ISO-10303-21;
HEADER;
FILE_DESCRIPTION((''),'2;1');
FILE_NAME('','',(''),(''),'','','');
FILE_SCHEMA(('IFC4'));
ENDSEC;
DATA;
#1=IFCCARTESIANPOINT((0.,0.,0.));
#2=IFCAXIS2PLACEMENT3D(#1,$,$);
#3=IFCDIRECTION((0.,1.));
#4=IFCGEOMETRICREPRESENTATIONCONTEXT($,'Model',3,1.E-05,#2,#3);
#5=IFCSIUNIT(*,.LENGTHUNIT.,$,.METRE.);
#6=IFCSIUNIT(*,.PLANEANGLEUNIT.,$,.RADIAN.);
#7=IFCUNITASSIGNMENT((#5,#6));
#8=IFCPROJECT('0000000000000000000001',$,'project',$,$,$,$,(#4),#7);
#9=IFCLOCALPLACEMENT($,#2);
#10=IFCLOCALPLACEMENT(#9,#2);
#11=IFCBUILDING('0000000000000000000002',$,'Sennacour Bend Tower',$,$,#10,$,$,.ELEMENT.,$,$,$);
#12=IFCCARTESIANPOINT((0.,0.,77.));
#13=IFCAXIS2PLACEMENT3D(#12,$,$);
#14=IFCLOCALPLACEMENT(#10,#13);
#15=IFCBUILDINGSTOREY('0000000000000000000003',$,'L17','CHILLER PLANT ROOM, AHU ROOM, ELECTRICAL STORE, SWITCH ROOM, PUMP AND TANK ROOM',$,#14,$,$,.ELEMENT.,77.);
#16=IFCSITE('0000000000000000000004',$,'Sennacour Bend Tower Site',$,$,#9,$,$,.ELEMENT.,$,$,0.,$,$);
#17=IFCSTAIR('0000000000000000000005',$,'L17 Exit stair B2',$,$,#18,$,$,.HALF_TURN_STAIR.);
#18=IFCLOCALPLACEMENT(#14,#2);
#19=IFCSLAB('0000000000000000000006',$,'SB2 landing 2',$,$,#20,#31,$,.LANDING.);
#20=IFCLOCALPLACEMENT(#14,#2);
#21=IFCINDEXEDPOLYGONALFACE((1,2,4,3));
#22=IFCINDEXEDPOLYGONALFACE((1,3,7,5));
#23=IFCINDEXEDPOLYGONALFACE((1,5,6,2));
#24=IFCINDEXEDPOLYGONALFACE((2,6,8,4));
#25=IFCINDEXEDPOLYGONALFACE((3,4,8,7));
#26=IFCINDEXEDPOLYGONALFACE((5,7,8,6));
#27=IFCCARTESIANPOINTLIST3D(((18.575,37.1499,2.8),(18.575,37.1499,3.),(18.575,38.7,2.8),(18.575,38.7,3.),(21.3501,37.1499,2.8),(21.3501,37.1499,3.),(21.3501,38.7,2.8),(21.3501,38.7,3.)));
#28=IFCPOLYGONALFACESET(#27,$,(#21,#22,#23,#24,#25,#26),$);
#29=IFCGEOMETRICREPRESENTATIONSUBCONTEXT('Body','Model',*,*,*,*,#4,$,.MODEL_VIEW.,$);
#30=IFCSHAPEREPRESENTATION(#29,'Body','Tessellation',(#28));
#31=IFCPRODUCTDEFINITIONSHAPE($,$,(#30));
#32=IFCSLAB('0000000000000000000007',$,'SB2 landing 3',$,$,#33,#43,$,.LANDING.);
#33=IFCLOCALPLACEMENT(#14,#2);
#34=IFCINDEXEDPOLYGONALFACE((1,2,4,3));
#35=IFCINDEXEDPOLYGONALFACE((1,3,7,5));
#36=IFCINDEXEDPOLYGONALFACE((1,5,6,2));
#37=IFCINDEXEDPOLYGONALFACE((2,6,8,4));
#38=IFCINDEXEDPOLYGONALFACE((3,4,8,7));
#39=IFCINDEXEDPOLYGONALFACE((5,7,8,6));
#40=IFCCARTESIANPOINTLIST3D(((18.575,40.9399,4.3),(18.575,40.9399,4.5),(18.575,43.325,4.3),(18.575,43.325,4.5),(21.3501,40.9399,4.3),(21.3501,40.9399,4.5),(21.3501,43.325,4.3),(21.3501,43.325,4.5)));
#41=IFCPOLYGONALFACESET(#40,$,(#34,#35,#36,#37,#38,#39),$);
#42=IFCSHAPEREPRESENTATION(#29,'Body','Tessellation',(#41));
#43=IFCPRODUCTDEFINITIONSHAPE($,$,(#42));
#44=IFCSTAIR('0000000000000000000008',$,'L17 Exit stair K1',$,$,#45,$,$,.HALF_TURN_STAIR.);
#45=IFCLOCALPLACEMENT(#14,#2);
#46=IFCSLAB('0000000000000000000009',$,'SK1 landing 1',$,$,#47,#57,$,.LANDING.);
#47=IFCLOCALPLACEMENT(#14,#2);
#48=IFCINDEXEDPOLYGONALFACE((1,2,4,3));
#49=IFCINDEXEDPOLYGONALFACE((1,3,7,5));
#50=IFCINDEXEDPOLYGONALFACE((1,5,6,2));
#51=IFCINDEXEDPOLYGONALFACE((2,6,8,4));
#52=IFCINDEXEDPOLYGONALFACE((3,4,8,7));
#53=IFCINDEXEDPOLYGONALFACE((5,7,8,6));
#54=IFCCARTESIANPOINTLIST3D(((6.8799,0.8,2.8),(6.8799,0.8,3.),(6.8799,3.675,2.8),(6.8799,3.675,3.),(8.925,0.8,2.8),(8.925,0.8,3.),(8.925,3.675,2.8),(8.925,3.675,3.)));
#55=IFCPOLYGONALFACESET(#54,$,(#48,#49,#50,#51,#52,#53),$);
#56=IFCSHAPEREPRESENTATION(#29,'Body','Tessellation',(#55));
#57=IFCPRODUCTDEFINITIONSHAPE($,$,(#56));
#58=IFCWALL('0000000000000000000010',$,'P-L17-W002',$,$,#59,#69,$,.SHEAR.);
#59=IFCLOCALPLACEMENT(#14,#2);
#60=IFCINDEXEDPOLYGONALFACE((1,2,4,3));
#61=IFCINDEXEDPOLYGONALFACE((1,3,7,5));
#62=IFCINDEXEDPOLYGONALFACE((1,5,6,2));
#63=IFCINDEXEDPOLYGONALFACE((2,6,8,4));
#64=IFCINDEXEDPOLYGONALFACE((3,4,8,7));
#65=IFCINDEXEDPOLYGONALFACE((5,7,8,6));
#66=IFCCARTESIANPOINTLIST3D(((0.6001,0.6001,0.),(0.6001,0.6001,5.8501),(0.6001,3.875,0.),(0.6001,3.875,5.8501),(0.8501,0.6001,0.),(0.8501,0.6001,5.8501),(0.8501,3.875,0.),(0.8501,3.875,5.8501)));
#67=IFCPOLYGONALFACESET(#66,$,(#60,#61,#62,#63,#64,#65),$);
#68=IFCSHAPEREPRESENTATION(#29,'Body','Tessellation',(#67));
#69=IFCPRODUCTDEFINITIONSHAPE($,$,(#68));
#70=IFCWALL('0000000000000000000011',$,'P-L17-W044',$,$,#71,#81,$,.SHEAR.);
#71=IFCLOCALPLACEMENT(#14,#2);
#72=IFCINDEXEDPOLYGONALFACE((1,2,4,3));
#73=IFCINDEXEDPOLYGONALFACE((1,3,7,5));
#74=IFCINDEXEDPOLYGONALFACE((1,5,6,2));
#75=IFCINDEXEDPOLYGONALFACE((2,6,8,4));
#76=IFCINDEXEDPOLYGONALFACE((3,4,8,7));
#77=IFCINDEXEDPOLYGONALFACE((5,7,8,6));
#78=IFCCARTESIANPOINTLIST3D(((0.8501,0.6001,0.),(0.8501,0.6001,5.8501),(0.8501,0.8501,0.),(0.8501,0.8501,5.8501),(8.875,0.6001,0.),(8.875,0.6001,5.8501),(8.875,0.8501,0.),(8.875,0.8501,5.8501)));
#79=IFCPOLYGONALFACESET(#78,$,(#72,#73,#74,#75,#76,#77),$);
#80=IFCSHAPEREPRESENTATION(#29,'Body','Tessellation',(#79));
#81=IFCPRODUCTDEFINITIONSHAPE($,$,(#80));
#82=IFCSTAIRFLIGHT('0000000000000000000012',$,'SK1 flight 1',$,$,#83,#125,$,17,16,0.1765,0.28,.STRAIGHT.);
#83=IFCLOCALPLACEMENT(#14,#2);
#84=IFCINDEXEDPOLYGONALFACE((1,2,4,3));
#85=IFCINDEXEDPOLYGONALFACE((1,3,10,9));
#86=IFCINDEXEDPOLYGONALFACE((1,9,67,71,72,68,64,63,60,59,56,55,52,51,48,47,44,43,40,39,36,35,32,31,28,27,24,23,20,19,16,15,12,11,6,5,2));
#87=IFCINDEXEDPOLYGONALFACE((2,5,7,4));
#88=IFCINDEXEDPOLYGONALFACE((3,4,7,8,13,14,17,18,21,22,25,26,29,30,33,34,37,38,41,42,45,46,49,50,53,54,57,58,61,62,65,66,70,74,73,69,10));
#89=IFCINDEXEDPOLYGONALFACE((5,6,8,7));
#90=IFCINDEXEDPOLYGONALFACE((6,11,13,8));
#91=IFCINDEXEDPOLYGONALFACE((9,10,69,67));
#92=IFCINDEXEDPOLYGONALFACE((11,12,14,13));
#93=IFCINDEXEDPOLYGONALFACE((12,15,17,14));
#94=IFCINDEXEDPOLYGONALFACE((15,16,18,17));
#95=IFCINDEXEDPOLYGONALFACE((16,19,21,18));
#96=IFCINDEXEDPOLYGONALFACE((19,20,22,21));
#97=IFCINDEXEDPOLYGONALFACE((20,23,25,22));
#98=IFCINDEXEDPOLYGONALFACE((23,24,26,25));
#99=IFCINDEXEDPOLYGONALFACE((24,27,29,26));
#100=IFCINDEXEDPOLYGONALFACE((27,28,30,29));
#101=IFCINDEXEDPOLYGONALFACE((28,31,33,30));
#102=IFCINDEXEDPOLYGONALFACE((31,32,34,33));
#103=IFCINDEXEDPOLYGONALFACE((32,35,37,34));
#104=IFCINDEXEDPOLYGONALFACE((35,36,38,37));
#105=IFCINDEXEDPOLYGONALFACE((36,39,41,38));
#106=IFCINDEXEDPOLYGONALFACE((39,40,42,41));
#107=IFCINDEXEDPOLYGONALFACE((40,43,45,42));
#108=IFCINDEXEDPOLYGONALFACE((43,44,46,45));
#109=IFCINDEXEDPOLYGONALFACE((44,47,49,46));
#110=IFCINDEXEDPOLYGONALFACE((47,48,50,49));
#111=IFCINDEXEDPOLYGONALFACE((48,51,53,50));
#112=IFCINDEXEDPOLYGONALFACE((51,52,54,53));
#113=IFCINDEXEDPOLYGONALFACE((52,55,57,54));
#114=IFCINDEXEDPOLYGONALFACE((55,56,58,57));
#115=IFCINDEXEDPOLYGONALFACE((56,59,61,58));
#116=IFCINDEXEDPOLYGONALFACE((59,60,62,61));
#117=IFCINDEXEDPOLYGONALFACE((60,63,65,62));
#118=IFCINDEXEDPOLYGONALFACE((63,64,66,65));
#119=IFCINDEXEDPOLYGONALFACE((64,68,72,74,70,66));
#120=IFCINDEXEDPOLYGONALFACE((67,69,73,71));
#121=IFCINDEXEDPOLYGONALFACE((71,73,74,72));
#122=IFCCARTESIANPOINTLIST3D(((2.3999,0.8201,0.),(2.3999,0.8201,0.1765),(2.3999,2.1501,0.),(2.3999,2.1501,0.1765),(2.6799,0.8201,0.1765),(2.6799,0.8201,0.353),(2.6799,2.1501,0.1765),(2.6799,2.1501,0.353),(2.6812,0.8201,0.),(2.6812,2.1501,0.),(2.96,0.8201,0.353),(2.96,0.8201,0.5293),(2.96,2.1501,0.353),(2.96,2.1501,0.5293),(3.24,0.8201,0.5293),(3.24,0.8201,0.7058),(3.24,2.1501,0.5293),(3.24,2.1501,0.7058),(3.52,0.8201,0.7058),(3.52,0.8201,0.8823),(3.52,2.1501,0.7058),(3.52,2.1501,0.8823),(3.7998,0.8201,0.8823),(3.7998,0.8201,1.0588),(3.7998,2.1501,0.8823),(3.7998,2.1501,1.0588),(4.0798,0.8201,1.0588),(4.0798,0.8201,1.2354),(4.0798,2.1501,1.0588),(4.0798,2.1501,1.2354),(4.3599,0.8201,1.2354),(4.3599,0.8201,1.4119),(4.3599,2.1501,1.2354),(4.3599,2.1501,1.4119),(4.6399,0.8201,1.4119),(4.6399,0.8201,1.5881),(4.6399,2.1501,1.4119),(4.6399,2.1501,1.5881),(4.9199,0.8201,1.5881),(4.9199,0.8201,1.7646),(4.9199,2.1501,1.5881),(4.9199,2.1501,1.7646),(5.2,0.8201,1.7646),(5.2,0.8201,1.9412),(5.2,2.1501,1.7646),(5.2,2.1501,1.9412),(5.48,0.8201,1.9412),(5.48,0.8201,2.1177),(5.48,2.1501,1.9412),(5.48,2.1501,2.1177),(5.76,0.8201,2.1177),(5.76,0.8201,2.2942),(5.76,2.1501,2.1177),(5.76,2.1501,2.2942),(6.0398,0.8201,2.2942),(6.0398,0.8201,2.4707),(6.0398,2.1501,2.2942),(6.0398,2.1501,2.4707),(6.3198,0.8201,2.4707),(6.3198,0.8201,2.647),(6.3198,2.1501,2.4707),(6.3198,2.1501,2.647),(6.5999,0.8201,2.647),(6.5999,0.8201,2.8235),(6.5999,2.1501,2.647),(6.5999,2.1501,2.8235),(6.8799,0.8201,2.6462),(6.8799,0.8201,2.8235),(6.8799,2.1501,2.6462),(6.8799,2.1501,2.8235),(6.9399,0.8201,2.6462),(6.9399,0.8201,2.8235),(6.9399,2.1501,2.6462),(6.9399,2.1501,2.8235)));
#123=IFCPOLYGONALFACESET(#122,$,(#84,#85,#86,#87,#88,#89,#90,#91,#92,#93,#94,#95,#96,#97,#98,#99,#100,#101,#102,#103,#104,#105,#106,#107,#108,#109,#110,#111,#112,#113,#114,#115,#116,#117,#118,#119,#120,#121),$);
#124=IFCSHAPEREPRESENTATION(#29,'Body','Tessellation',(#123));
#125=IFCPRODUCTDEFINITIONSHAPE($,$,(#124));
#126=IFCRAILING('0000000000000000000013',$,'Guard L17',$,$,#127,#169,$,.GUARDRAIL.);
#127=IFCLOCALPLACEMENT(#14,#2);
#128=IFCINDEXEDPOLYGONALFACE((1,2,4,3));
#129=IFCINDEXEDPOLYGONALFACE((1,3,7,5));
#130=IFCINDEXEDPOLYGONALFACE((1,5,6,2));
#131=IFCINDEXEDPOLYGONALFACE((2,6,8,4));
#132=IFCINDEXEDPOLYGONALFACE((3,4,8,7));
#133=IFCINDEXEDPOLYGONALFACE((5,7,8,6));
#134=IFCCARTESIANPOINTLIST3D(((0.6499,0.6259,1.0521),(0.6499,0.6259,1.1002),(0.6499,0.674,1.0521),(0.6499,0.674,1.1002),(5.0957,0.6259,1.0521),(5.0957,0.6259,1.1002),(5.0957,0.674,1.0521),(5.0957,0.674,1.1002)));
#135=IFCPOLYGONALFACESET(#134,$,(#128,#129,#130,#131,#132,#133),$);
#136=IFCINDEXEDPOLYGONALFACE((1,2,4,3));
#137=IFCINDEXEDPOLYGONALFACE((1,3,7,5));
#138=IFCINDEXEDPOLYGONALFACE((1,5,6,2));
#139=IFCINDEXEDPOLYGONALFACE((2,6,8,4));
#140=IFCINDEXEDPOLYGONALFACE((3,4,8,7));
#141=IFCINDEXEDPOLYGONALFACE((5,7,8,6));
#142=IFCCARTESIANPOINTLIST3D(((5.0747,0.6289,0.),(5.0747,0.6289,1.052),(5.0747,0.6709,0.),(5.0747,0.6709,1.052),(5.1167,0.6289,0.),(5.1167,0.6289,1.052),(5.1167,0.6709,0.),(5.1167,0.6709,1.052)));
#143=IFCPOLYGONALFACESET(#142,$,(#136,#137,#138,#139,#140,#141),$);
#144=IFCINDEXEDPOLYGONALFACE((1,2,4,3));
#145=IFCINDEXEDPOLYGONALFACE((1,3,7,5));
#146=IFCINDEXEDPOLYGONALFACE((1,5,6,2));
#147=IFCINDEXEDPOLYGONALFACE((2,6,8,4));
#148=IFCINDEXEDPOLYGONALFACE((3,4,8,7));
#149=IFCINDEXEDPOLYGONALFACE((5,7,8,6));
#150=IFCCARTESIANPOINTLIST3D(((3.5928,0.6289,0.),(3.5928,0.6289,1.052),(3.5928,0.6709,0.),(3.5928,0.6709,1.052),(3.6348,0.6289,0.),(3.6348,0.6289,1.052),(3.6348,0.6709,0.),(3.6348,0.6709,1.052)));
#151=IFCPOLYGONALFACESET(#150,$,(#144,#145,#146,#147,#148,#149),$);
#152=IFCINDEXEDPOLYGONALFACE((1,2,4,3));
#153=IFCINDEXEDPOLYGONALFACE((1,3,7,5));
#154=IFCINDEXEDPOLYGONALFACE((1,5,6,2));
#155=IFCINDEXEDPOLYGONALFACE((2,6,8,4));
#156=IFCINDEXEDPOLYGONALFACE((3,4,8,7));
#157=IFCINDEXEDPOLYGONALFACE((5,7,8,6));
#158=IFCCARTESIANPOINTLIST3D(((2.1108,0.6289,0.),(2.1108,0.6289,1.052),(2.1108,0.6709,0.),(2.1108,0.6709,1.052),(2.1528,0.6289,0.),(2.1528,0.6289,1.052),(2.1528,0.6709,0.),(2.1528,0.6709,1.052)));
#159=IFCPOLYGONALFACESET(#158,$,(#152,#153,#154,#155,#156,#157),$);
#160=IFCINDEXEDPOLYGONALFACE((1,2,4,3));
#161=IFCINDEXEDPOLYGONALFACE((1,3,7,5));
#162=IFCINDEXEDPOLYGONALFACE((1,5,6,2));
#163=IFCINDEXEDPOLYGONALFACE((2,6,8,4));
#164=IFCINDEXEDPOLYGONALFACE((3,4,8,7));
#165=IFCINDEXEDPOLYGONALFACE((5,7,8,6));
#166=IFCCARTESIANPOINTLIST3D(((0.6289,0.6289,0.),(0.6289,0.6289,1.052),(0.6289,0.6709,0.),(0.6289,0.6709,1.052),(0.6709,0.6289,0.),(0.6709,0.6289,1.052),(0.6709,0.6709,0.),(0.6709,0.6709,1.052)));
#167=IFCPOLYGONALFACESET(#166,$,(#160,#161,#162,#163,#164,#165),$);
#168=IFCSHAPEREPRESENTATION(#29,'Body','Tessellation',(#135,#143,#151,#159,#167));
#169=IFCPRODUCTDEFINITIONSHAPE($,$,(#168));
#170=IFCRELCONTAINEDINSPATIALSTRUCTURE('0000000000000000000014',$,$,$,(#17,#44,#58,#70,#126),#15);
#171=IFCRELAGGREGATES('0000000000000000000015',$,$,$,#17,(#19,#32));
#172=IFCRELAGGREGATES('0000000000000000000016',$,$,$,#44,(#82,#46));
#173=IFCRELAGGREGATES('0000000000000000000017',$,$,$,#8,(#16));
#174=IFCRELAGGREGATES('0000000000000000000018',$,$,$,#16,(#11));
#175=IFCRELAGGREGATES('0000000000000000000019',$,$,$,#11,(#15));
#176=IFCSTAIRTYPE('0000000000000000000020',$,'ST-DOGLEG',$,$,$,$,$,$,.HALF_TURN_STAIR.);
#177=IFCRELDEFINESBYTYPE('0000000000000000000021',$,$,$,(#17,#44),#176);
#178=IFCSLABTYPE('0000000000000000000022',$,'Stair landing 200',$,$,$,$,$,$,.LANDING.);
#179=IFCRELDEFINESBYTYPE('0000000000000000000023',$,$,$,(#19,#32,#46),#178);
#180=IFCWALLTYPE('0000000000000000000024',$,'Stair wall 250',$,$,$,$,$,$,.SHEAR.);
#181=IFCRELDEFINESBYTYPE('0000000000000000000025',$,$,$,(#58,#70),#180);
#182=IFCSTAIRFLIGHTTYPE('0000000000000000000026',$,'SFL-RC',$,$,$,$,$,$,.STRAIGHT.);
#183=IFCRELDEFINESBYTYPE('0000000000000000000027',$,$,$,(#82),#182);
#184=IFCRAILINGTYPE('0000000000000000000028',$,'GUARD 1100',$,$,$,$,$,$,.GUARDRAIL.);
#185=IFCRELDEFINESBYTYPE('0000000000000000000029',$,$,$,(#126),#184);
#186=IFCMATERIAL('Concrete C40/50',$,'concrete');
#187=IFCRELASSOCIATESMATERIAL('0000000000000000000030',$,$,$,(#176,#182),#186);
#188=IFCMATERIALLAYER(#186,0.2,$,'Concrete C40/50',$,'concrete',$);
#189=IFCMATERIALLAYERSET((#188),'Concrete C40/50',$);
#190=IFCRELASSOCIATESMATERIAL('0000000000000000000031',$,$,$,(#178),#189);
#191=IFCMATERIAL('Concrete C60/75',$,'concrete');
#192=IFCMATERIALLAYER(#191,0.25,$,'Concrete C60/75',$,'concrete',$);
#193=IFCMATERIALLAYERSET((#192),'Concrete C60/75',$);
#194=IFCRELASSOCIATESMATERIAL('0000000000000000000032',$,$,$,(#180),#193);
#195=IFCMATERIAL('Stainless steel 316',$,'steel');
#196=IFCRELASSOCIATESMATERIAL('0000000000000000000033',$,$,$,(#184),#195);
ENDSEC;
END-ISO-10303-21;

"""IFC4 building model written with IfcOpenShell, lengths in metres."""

from ifc_helpers import new_model, si_unit, direction, frame, frame_2d, origin, origin_2d, place, context, subcontext, project, spatial, polyline, rectangle, outline, extrude, material, layer, layer_set, type_object, element, aggregate, save


model = new_model("IFC4")

# Units and contexts
model_context = context("Model", 3, precision=1e-05, world=origin(), true_north=direction((0.0, 1.0)))
body_context = subcontext(model_context, "Body", "Model", "MODEL_VIEW")
ifc_project = project(units=[si_unit("LENGTHUNIT", "METRE"), si_unit("PLANEANGLEUNIT", "RADIAN")], contexts=[model_context])

# Site, building, storey
site_placement = place(None, origin())
site = spatial("IfcSite", under=ifc_project, at=site_placement, Name="Sennacour Bend Tower Site", CompositionType="ELEMENT", RefElevation=0.0)
building_placement = place(site_placement, origin())
building = spatial("IfcBuilding", under=site, at=building_placement, Name="Sennacour Bend Tower", CompositionType="ELEMENT")
storey_placement = place(building_placement, frame((0.0, 0.0, 77.0)))
storey = spatial("IfcBuildingStorey", under=building, at=storey_placement, Name="L17", Description="CHILLER PLANT ROOM, AHU ROOM, ELECTRICAL STORE, SWITCH ROOM, PUMP AND TANK ROOM", CompositionType="ELEMENT", Elevation=77.0)

# Shared definitions
ifc_material_1 = material(Name="Concrete C40/50", Category="concrete")

# Stair, slabs
stair_type = type_object("IfcStairType", Name="ST-DOGLEG", PredefinedType="HALF_TURN_STAIR", material=ifc_material_1)
ifc_layer_1 = layer(ifc_material_1, 0.2, Name="Concrete C40/50", Category="concrete")
ifc_layer_set_1 = layer_set([ifc_layer_1], Name="Concrete C40/50")
slab_type_1 = type_object("IfcSlabType", Name="Stair landing 200", PredefinedType="LANDING", material=ifc_layer_set_1)
stair_1_placement = place(storey_placement, origin())
stair_1 = element("IfcStair", 1, at=stair_1_placement, inside=storey, type_object=stair_type, Name="L17 Exit stair B2", PredefinedType="HALF_TURN_STAIR")
slab_1_placement = place(storey_placement, frame((0.0, 0.0, 2.8)))
slab_1 = element("IfcSlab", 2, at=slab_1_placement, type_object=slab_type_1, Name="SB2 landing 2", PredefinedType="LANDING", context=body_context, shape_type="SweptSolid", body=[
    extrude(outline(polyline([(18.575, 37.1499), (21.3501, 37.1499), (21.3501, 38.7), (18.575, 38.7), (18.575, 37.1499)])), origin(), (0.0, 0.0, 1.0), 0.2),
])
slab_2_placement = place(storey_placement, frame((0.0, 0.0, 4.3)))
slab_2 = element("IfcSlab", 3, at=slab_2_placement, type_object=slab_type_1, Name="SB2 landing 3", PredefinedType="LANDING", context=body_context, shape_type="SweptSolid", body=[
    extrude(outline(polyline([(18.575, 40.9399), (21.3501, 40.9399), (21.3501, 43.325), (18.575, 43.325), (18.575, 40.9399)])), origin(), (0.0, 0.0, 1.0), 0.2),
])
aggregate(stair_1, [slab_1, slab_2])

# Stair, slab
stair_2_placement = place(storey_placement, origin())
stair_2 = element("IfcStair", 4, at=stair_2_placement, inside=storey, type_object=stair_type, Name="L17 Exit stair K1", PredefinedType="HALF_TURN_STAIR")
slab_3_placement = place(storey_placement, frame((0.0, 0.0, 2.8)))
slab_3 = element("IfcSlab", 5, at=slab_3_placement, type_object=slab_type_1, Name="SK1 landing 1", PredefinedType="LANDING", context=body_context, shape_type="SweptSolid", body=[
    extrude(outline(polyline([(6.8799, 0.8), (8.925, 0.8), (8.925, 3.675), (6.8799, 3.675), (6.8799, 0.8)])), origin(), (0.0, 0.0, 1.0), 0.2),
])

# Walls
ifc_material_2 = material(Name="Concrete C60/75", Category="concrete")
ifc_layer_2 = layer(ifc_material_2, 0.25, Name="Concrete C60/75", Category="concrete")
ifc_layer_set_2 = layer_set([ifc_layer_2], Name="Concrete C60/75")
wall_type = type_object("IfcWallType", Name="Stair wall 250", PredefinedType="SHEAR", material=ifc_layer_set_2)
wall_1_placement = place(storey_placement, frame((0.7251, 0.6001, 0.0), z_axis=(0.0, 0.0, 1.0), x_axis=(0.0, 1.0, 0.0)))
element("IfcWall", 6, at=wall_1_placement, inside=storey, type_object=wall_type, Name="P-L17-W002", PredefinedType="SHEAR", context=body_context, shape_type="SweptSolid", body=[
    extrude(rectangle(XDim=3.2749, YDim=0.25, at=frame_2d((1.6375, 0.0))), origin(), (0.0, 0.0, 1.0), 5.8501),
])
wall_2_placement = place(storey_placement, frame((0.8501, 0.7251, 0.0), z_axis=(0.0, 0.0, 1.0), x_axis=(1.0, 0.0, 0.0)))
element("IfcWall", 7, at=wall_2_placement, inside=storey, type_object=wall_type, Name="P-L17-W044", PredefinedType="SHEAR", context=body_context, shape_type="SweptSolid", body=[
    extrude(rectangle(XDim=8.0249, YDim=0.25, at=frame_2d((4.0125, 0.0))), origin(), (0.0, 0.0, 1.0), 5.8501),
])

# Stair flight
stair_flight_type = type_object("IfcStairFlightType", Name="SFL-RC", PredefinedType="STRAIGHT", material=ifc_material_1)
stair_flight_placement = place(storey_placement, frame((2.3999, 1.4851, 0.0), z_axis=(0.0, 0.0, 1.0), x_axis=(1.0, 0.0, 0.0)))
stair_flight = element("IfcStairFlight", 8, at=stair_flight_placement, type_object=stair_flight_type, Name="SK1 flight 1", NumberOfRisers=17, NumberOfTreads=16, PredefinedType="STRAIGHT", RiserHeight=0.1765, TreadLength=0.28, context=body_context, shape_type="SweptSolid", body=[
    extrude(outline(polyline([(0.0, 0.0), (0.0, 0.1765), (0.28, 0.1765), (0.28, 0.353), (0.5601, 0.353), (0.5601, 0.5293), (0.8401, 0.5293), (0.8401, 0.7058), (1.1201, 0.7058), (1.1201, 0.8823), (1.3999, 0.8823), (1.3999, 1.0588), (1.6799, 1.0588), (1.6799, 1.2354), (1.96, 1.2354), (1.96, 1.4119), (2.24, 1.4119), (2.24, 1.5881), (2.52, 1.5881), (2.52, 1.7646), (2.8, 1.7646), (2.8, 1.9412), (3.0801, 1.9412), (3.0801, 2.1177), (3.3601, 2.1177), (3.3601, 2.2942), (3.6399, 2.2942), (3.6399, 2.4707), (3.9199, 2.4707), (3.9199, 2.647), (4.2, 2.647), (4.2, 2.8235), (4.48, 2.8235), (4.54, 2.8235), (4.54, 2.6462), (4.48, 2.6462), (0.2812, 0.0), (0.0, 0.0)])), frame((0.0, 0.665, 0.0), z_axis=(0.0, -1.0, 0.0), x_axis=(1.0, 0.0, 0.0)), (0.0, 0.0, 1.0), 1.3301),
])
aggregate(stair_2, [stair_flight, slab_3])

# Railing
ifc_material_3 = material(Name="Stainless steel 316", Category="steel")
railing_type_1 = type_object("IfcRailingType", Name="GUARD 1100", PredefinedType="GUARDRAIL", material=ifc_material_3)
railing_1_placement = place(storey_placement, frame((5.0957, 0.6499, 0.0)))
element("IfcRailing", 9, at=railing_1_placement, inside=storey, type_object=railing_type_1, Name="Guard L17", PredefinedType="GUARDRAIL", context=body_context, shape_type="SweptSolid", body=[
    extrude(rectangle(XDim=0.0481, YDim=0.0481, at=origin_2d()), frame((0.0, 0.0, 1.0762), z_axis=(-1.0, 0.0, 0.0), x_axis=(0.0, -1.0, 0.0)), (0.0, 0.0, 1.0), 4.4458),
    extrude(rectangle(XDim=0.042, YDim=0.042, at=origin_2d()), origin(), (0.0, 0.0, 1.0), 1.052),
    extrude(rectangle(XDim=0.042, YDim=0.042, at=origin_2d()), frame((-1.4819, 0.0, 0.0)), (0.0, 0.0, 1.0), 1.052),
    extrude(rectangle(XDim=0.042, YDim=0.042, at=origin_2d()), frame((-2.9639, 0.0, 0.0)), (0.0, 0.0, 1.0), 1.052),
    extrude(rectangle(XDim=0.042, YDim=0.042, at=origin_2d()), frame((-4.4458, 0.0, 0.0)), (0.0, 0.0, 1.0), 1.052),
])

save(model, "model.ifc")
